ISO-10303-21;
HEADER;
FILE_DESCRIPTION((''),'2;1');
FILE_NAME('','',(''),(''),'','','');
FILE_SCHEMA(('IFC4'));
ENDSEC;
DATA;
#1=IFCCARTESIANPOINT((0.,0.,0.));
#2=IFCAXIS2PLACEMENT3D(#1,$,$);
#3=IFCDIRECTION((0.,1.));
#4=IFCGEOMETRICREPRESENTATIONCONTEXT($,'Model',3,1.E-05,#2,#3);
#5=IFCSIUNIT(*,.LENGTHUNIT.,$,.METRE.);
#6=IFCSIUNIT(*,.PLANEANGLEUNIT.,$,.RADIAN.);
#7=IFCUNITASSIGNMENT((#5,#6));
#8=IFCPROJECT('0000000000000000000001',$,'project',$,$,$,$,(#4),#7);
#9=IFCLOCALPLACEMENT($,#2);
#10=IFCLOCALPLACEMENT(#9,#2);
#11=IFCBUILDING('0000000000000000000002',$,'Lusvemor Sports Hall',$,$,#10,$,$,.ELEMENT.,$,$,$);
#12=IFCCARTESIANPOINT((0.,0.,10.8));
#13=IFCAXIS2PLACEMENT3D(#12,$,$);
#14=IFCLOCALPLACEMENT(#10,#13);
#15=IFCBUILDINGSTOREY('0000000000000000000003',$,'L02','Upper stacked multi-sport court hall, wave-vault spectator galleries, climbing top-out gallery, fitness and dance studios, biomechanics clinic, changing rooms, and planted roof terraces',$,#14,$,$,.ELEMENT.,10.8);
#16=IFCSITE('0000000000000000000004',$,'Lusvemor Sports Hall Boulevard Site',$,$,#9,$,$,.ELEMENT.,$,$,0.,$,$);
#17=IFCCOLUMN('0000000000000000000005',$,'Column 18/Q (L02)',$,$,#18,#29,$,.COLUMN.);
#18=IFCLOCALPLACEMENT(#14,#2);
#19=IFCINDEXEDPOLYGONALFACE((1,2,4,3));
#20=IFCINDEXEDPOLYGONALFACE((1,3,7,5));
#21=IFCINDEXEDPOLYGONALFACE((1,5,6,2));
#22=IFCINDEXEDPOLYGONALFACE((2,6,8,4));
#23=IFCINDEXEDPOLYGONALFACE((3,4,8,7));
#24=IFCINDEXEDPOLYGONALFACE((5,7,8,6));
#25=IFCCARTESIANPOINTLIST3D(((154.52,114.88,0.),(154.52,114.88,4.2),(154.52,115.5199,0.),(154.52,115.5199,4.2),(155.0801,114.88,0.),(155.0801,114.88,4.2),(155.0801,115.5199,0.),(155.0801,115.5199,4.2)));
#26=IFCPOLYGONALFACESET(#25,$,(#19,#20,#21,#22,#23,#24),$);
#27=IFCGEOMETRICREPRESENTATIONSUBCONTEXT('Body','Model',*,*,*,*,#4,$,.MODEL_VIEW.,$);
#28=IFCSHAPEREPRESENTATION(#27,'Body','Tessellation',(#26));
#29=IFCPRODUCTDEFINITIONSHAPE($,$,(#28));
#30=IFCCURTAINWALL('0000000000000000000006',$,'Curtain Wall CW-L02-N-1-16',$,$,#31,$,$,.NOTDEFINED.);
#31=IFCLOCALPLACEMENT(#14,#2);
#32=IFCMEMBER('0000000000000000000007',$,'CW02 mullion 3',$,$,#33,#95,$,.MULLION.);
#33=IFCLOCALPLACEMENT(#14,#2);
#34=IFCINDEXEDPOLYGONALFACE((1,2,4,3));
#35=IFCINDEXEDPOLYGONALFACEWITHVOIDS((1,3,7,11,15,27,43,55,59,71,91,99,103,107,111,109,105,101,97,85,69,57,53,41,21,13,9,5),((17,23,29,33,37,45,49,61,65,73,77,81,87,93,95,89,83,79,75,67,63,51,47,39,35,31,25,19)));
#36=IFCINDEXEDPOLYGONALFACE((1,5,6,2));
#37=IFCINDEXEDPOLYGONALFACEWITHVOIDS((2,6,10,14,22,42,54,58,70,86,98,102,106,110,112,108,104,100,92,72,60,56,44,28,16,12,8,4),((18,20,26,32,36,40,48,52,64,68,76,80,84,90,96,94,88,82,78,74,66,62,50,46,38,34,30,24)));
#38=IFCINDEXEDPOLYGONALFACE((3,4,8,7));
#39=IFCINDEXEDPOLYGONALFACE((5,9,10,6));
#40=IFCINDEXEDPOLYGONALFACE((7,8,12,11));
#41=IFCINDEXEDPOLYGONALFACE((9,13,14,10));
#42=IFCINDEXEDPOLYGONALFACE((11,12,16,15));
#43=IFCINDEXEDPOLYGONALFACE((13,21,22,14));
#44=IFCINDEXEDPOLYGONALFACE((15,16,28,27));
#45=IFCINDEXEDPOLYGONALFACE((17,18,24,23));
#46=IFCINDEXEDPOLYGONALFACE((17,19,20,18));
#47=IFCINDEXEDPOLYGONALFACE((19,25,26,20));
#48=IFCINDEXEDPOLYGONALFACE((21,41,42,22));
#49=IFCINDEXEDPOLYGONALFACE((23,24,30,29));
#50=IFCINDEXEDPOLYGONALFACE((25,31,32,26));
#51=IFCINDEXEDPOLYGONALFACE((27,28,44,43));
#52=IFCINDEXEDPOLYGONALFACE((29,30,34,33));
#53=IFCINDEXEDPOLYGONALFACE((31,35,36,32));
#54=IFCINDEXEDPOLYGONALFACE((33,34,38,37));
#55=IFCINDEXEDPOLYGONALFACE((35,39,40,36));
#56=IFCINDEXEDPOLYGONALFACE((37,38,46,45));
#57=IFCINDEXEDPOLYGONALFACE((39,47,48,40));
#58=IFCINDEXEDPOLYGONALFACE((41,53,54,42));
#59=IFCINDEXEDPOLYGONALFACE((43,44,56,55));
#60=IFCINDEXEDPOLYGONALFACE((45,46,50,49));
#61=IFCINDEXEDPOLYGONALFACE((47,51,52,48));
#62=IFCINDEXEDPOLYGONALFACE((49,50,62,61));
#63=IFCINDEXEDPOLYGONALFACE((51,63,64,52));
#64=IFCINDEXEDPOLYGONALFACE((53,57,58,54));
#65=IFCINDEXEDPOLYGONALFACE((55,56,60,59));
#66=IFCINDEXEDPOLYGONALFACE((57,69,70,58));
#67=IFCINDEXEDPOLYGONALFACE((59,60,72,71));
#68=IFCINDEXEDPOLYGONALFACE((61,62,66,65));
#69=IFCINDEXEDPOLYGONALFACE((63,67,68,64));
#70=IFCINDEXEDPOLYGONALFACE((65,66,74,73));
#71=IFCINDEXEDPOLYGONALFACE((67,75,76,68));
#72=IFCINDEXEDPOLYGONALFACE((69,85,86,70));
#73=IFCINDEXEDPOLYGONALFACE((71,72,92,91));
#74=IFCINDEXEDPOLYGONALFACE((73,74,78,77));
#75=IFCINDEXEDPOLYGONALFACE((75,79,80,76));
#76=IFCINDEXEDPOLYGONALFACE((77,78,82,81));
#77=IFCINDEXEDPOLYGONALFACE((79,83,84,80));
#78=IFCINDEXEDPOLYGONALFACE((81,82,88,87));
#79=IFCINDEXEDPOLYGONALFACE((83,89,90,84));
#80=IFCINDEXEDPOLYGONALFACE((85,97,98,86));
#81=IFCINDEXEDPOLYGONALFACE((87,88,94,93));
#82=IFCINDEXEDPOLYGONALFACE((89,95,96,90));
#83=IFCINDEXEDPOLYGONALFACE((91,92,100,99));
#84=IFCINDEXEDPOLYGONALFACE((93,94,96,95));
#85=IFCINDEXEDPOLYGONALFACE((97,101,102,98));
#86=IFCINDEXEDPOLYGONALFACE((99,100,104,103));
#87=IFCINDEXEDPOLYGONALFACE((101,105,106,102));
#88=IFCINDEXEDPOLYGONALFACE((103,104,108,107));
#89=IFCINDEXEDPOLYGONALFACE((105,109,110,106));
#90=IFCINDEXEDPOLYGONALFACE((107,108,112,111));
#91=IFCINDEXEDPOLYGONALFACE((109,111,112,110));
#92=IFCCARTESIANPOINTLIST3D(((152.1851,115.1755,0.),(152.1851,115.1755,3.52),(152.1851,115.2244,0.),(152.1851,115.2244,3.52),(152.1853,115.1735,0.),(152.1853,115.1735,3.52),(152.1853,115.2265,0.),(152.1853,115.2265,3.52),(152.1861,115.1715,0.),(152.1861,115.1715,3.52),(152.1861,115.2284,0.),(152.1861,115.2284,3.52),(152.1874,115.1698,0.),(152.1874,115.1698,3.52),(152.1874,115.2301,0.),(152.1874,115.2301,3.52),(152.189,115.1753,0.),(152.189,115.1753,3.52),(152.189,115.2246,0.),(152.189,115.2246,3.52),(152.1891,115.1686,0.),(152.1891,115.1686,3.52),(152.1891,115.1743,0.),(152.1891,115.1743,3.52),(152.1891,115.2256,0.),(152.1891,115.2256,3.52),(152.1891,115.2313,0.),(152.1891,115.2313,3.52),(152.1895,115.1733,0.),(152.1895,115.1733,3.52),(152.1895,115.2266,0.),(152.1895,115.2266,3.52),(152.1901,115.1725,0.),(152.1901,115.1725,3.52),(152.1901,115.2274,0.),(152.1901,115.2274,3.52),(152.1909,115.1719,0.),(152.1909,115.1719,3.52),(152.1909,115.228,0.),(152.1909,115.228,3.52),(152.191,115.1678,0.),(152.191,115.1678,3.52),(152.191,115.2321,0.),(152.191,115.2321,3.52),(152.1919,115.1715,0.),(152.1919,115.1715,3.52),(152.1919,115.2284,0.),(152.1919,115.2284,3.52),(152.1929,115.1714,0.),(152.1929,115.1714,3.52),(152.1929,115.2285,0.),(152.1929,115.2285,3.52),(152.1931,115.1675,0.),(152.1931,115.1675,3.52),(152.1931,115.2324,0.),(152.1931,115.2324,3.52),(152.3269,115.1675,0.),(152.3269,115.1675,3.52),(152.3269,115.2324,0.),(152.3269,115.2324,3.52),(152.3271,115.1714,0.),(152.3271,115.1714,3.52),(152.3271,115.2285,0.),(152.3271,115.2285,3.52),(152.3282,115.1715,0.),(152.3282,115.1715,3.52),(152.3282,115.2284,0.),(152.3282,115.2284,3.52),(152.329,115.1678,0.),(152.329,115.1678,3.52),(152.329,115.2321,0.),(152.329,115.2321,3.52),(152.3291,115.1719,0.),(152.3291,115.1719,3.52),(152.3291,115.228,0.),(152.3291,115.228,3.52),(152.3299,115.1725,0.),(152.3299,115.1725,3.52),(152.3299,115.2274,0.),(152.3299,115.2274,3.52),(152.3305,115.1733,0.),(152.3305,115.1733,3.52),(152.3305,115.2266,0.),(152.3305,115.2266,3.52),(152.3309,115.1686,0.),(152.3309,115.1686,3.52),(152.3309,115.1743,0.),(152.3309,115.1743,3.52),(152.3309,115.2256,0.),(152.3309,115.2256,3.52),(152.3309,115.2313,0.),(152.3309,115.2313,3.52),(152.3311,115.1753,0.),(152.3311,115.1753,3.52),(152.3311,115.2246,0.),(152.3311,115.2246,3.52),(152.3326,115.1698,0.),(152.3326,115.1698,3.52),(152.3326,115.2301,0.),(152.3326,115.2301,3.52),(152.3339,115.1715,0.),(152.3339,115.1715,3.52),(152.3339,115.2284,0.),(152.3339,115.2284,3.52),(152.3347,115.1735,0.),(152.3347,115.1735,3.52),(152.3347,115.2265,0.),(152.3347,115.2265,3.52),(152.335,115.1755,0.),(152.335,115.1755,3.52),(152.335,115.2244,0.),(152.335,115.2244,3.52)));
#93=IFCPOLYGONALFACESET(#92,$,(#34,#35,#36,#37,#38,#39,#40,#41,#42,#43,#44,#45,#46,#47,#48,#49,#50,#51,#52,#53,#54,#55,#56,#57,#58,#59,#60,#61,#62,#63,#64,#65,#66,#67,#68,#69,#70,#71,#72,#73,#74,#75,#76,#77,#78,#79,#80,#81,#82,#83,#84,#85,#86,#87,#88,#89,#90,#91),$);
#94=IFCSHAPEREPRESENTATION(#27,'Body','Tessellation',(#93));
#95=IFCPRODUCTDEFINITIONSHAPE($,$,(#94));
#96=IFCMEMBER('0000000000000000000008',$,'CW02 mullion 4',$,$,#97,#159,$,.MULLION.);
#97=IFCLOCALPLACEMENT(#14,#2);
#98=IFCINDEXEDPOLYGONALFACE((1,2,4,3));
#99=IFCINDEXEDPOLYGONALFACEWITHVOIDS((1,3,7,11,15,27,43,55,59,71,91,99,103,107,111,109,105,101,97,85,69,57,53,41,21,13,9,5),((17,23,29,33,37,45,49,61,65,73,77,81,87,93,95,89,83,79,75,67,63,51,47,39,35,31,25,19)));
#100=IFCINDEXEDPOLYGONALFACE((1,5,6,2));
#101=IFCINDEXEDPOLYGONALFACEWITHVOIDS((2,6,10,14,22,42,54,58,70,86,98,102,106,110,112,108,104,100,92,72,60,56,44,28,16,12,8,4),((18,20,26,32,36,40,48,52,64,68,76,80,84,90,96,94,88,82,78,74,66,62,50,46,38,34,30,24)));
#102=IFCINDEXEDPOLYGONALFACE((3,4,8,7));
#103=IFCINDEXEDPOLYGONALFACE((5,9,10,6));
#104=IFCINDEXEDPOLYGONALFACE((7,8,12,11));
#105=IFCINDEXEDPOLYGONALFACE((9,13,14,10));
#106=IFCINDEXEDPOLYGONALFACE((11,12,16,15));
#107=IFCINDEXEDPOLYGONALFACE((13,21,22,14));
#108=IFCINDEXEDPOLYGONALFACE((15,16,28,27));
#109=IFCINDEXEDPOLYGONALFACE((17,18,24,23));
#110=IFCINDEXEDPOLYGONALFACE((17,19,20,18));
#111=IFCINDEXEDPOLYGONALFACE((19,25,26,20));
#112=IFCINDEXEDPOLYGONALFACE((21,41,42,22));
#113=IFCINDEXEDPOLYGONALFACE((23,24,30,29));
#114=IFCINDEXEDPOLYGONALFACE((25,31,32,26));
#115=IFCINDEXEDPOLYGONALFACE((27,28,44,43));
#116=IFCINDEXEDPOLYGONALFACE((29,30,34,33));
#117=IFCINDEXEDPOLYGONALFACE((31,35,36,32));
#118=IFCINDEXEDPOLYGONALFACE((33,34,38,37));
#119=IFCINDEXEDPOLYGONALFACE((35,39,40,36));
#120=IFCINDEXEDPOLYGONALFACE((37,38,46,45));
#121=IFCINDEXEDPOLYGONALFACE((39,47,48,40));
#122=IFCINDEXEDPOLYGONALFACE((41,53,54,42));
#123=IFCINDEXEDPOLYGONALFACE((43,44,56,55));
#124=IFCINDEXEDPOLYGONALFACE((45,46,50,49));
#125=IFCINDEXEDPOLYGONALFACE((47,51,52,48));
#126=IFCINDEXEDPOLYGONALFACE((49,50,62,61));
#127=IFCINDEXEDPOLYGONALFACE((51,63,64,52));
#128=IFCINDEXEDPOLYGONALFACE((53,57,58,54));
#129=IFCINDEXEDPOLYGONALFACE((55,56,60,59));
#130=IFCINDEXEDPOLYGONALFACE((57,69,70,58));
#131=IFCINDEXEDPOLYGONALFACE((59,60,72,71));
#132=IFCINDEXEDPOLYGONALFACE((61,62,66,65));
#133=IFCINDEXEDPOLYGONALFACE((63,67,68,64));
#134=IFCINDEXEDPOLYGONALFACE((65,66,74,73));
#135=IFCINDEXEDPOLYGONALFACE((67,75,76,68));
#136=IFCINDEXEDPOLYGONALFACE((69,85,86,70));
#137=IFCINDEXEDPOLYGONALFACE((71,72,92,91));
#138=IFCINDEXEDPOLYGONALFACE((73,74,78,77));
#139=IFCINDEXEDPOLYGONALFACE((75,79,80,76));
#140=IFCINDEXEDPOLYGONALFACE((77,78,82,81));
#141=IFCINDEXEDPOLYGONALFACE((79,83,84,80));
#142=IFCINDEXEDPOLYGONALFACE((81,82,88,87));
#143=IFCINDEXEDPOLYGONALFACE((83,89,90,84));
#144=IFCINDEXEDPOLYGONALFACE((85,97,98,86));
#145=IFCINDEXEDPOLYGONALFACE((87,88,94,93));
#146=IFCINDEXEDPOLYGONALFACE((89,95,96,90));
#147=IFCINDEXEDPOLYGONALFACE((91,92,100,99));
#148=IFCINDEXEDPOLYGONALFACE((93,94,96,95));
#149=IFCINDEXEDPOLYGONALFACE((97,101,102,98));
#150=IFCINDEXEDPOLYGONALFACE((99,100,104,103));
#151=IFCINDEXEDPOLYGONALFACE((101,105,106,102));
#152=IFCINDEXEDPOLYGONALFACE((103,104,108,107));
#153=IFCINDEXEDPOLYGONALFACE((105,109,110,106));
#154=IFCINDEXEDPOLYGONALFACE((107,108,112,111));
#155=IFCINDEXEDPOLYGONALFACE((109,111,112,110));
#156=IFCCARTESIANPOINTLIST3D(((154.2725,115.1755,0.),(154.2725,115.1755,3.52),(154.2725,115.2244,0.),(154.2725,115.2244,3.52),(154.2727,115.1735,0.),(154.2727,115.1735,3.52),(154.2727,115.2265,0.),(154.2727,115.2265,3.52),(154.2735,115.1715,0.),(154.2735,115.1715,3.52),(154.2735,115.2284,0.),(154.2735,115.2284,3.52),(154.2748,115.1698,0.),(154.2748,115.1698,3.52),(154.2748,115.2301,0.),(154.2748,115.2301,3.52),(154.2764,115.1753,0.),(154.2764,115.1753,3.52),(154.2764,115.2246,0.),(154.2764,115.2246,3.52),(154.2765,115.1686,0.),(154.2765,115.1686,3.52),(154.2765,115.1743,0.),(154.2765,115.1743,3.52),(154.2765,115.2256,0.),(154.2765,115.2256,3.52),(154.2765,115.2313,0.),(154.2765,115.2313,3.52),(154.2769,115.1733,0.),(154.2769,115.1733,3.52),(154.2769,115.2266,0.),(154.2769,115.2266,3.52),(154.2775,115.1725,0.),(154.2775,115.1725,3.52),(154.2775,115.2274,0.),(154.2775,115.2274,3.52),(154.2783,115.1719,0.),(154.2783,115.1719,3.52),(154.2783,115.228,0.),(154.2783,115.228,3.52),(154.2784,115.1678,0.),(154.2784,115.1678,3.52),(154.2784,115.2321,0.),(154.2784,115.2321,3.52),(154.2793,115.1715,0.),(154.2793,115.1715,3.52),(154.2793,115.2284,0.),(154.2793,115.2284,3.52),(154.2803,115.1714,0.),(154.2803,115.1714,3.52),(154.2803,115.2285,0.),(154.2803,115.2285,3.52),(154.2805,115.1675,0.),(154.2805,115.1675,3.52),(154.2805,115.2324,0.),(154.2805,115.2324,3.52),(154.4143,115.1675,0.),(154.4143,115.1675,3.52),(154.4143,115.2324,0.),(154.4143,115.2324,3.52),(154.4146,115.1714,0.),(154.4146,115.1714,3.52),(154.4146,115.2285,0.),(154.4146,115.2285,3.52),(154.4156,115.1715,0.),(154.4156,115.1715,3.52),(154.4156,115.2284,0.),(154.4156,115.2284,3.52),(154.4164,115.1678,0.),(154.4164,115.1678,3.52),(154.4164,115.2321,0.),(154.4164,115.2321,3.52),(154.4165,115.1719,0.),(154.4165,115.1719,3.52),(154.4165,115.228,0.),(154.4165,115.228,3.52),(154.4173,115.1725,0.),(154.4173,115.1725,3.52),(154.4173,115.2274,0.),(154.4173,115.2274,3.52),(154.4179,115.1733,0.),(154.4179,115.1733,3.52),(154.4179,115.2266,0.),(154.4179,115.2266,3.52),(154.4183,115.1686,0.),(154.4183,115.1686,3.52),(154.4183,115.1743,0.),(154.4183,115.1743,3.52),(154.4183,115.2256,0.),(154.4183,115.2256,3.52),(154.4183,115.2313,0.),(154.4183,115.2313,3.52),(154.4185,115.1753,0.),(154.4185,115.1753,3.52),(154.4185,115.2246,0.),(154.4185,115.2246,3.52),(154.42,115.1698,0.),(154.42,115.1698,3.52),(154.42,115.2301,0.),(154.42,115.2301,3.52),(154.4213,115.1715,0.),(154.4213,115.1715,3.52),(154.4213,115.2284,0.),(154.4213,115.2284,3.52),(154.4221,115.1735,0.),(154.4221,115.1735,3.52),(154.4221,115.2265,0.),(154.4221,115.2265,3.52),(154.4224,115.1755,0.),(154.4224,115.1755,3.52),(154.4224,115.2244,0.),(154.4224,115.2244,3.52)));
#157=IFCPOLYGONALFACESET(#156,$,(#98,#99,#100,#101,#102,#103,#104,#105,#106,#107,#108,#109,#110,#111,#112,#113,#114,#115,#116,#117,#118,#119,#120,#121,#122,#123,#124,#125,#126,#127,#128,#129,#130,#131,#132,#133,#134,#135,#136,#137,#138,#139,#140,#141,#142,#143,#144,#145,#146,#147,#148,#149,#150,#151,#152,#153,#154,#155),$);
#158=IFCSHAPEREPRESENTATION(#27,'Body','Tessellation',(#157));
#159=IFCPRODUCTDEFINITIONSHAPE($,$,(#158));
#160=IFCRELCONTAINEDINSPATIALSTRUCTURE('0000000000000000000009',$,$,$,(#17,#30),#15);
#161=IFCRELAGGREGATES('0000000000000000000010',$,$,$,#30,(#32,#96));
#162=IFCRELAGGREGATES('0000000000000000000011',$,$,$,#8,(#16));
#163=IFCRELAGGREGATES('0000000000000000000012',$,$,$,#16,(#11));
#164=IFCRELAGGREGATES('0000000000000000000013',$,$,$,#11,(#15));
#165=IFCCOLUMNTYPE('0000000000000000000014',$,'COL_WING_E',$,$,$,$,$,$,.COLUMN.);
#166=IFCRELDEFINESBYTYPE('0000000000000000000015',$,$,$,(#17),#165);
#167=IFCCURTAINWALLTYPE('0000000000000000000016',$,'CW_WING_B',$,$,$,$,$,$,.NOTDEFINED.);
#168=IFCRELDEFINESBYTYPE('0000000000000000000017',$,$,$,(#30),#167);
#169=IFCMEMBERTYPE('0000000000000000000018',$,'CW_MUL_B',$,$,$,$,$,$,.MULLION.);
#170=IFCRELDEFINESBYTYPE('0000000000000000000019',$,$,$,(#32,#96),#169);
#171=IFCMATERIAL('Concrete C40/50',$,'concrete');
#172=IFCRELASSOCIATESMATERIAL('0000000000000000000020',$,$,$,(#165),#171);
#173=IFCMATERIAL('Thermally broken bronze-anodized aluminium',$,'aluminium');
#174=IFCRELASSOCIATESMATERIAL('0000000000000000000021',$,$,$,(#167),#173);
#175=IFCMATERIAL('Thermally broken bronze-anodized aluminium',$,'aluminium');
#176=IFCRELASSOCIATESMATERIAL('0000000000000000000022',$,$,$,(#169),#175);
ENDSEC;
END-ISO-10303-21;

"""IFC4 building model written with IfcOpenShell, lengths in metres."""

from ifc_helpers import new_model, si_unit, direction, frame, origin, origin_2d, place, context, subcontext, project, spatial, rectangle, hollow_rectangle, extrude, material, material_profile, profile_set, type_object, element, aggregate, save


model = new_model("IFC4")

# Units and contexts
model_context = context("Model", 3, precision=1e-05, world=origin(), true_north=direction((0.0, 1.0)))
body_context = subcontext(model_context, "Body", "Model", "MODEL_VIEW")
ifc_project = project(units=[si_unit("LENGTHUNIT", "METRE"), si_unit("PLANEANGLEUNIT", "RADIAN")], contexts=[model_context])

# Site, building, storey
site_placement = place(None, origin())
site = spatial("IfcSite", under=ifc_project, at=site_placement, Name="Lusvemor Sports Hall Boulevard Site", CompositionType="ELEMENT", RefElevation=0.0)
building_placement = place(site_placement, origin())
building = spatial("IfcBuilding", under=site, at=building_placement, Name="Lusvemor Sports Hall", CompositionType="ELEMENT")
storey_placement = place(building_placement, frame((0.0, 0.0, 10.8)))
storey = spatial("IfcBuildingStorey", under=building, at=storey_placement, Name="L02", Description="Upper stacked multi-sport court hall, wave-vault spectator galleries, climbing top-out gallery, fitness and dance studios, biomechanics clinic, changing rooms, and planted roof terraces", CompositionType="ELEMENT", Elevation=10.8)

# Column
ifc_material_1 = material(Name="Concrete C40/50", Category="concrete")
ifc_material_profile_1 = material_profile(ifc_material_1, rectangle(XDim=0.5601, YDim=0.6399, at=origin_2d()), Name="RC560x640")
ifc_profile_set_1 = profile_set([ifc_material_profile_1], Name="Concrete C40/50")
column_type = type_object("IfcColumnType", Name="COL_WING_E", PredefinedType="COLUMN", material=ifc_profile_set_1)
column_placement = place(storey_placement, frame((154.8, 115.2, 0.0), z_axis=(0.0, 0.0, 1.0), x_axis=(1.0, 0.0, 0.0)))
element("IfcColumn", 1, at=column_placement, inside=storey, type_object=column_type, Name="Column 18/Q (L02)", PredefinedType="COLUMN", context=body_context, shape_type="SweptSolid", body=[
    extrude(rectangle(XDim=0.5601, YDim=0.6399, at=origin_2d()), origin(), (0.0, 0.0, 1.0), 4.2),
])

# Curtain wall, members
ifc_material_2 = material(Name="Thermally broken bronze-anodized aluminium", Category="aluminium")
curtain_wall_type = type_object("IfcCurtainWallType", Name="CW_WING_B", PredefinedType="NOTDEFINED", material=ifc_material_2)
curtain_wall_1_placement = place(storey_placement, origin())
curtain_wall_1 = element("IfcCurtainWall", 2, at=curtain_wall_1_placement, inside=storey, type_object=curtain_wall_type, Name="Curtain Wall CW-L02-N-1-16", PredefinedType="NOTDEFINED")
ifc_material_3 = material(Name="Thermally broken bronze-anodized aluminium", Category="aluminium")
ifc_material_profile_2 = material_profile(ifc_material_3, hollow_rectangle(XDim=0.0649, YDim=0.1499, WallThickness=0.0039, InnerFilletRadius=0.0039, OuterFilletRadius=0.0081, at=origin_2d()), Name="CWMUL150x65x4")
ifc_profile_set_2 = profile_set([ifc_material_profile_2], Name="Thermally broken bronze-anodized aluminium")
member_type_1 = type_object("IfcMemberType", Name="CW_MUL_B", PredefinedType="MULLION", material=ifc_profile_set_2)
member_1_placement = place(storey_placement, frame((152.26, 115.2, 0.0), z_axis=(0.0, 0.0, 1.0), x_axis=(0.0, 1.0, 0.0)))
member_1 = element("IfcMember", 3, at=member_1_placement, type_object=member_type_1, Name="CW02 mullion 3", PredefinedType="MULLION", context=body_context, shape_type="SweptSolid", body=[
    extrude(hollow_rectangle(XDim=0.0649, YDim=0.1499, WallThickness=0.0039, InnerFilletRadius=0.0039, OuterFilletRadius=0.0081, at=origin_2d()), origin(), (0.0, 0.0, 1.0), 3.52),
])
member_2_placement = place(storey_placement, frame((154.3474, 115.2, 0.0), z_axis=(0.0, 0.0, 1.0), x_axis=(0.0, 1.0, 0.0)))
member_2 = element("IfcMember", 4, at=member_2_placement, type_object=member_type_1, Name="CW02 mullion 4", PredefinedType="MULLION", context=body_context, shape_type="SweptSolid", body=[
    extrude(hollow_rectangle(XDim=0.0649, YDim=0.1499, WallThickness=0.0039, InnerFilletRadius=0.0039, OuterFilletRadius=0.0081, at=origin_2d()), origin(), (0.0, 0.0, 1.0), 3.52),
])

aggregate(curtain_wall_1, [member_1, member_2])

save(model, "model.ifc")
